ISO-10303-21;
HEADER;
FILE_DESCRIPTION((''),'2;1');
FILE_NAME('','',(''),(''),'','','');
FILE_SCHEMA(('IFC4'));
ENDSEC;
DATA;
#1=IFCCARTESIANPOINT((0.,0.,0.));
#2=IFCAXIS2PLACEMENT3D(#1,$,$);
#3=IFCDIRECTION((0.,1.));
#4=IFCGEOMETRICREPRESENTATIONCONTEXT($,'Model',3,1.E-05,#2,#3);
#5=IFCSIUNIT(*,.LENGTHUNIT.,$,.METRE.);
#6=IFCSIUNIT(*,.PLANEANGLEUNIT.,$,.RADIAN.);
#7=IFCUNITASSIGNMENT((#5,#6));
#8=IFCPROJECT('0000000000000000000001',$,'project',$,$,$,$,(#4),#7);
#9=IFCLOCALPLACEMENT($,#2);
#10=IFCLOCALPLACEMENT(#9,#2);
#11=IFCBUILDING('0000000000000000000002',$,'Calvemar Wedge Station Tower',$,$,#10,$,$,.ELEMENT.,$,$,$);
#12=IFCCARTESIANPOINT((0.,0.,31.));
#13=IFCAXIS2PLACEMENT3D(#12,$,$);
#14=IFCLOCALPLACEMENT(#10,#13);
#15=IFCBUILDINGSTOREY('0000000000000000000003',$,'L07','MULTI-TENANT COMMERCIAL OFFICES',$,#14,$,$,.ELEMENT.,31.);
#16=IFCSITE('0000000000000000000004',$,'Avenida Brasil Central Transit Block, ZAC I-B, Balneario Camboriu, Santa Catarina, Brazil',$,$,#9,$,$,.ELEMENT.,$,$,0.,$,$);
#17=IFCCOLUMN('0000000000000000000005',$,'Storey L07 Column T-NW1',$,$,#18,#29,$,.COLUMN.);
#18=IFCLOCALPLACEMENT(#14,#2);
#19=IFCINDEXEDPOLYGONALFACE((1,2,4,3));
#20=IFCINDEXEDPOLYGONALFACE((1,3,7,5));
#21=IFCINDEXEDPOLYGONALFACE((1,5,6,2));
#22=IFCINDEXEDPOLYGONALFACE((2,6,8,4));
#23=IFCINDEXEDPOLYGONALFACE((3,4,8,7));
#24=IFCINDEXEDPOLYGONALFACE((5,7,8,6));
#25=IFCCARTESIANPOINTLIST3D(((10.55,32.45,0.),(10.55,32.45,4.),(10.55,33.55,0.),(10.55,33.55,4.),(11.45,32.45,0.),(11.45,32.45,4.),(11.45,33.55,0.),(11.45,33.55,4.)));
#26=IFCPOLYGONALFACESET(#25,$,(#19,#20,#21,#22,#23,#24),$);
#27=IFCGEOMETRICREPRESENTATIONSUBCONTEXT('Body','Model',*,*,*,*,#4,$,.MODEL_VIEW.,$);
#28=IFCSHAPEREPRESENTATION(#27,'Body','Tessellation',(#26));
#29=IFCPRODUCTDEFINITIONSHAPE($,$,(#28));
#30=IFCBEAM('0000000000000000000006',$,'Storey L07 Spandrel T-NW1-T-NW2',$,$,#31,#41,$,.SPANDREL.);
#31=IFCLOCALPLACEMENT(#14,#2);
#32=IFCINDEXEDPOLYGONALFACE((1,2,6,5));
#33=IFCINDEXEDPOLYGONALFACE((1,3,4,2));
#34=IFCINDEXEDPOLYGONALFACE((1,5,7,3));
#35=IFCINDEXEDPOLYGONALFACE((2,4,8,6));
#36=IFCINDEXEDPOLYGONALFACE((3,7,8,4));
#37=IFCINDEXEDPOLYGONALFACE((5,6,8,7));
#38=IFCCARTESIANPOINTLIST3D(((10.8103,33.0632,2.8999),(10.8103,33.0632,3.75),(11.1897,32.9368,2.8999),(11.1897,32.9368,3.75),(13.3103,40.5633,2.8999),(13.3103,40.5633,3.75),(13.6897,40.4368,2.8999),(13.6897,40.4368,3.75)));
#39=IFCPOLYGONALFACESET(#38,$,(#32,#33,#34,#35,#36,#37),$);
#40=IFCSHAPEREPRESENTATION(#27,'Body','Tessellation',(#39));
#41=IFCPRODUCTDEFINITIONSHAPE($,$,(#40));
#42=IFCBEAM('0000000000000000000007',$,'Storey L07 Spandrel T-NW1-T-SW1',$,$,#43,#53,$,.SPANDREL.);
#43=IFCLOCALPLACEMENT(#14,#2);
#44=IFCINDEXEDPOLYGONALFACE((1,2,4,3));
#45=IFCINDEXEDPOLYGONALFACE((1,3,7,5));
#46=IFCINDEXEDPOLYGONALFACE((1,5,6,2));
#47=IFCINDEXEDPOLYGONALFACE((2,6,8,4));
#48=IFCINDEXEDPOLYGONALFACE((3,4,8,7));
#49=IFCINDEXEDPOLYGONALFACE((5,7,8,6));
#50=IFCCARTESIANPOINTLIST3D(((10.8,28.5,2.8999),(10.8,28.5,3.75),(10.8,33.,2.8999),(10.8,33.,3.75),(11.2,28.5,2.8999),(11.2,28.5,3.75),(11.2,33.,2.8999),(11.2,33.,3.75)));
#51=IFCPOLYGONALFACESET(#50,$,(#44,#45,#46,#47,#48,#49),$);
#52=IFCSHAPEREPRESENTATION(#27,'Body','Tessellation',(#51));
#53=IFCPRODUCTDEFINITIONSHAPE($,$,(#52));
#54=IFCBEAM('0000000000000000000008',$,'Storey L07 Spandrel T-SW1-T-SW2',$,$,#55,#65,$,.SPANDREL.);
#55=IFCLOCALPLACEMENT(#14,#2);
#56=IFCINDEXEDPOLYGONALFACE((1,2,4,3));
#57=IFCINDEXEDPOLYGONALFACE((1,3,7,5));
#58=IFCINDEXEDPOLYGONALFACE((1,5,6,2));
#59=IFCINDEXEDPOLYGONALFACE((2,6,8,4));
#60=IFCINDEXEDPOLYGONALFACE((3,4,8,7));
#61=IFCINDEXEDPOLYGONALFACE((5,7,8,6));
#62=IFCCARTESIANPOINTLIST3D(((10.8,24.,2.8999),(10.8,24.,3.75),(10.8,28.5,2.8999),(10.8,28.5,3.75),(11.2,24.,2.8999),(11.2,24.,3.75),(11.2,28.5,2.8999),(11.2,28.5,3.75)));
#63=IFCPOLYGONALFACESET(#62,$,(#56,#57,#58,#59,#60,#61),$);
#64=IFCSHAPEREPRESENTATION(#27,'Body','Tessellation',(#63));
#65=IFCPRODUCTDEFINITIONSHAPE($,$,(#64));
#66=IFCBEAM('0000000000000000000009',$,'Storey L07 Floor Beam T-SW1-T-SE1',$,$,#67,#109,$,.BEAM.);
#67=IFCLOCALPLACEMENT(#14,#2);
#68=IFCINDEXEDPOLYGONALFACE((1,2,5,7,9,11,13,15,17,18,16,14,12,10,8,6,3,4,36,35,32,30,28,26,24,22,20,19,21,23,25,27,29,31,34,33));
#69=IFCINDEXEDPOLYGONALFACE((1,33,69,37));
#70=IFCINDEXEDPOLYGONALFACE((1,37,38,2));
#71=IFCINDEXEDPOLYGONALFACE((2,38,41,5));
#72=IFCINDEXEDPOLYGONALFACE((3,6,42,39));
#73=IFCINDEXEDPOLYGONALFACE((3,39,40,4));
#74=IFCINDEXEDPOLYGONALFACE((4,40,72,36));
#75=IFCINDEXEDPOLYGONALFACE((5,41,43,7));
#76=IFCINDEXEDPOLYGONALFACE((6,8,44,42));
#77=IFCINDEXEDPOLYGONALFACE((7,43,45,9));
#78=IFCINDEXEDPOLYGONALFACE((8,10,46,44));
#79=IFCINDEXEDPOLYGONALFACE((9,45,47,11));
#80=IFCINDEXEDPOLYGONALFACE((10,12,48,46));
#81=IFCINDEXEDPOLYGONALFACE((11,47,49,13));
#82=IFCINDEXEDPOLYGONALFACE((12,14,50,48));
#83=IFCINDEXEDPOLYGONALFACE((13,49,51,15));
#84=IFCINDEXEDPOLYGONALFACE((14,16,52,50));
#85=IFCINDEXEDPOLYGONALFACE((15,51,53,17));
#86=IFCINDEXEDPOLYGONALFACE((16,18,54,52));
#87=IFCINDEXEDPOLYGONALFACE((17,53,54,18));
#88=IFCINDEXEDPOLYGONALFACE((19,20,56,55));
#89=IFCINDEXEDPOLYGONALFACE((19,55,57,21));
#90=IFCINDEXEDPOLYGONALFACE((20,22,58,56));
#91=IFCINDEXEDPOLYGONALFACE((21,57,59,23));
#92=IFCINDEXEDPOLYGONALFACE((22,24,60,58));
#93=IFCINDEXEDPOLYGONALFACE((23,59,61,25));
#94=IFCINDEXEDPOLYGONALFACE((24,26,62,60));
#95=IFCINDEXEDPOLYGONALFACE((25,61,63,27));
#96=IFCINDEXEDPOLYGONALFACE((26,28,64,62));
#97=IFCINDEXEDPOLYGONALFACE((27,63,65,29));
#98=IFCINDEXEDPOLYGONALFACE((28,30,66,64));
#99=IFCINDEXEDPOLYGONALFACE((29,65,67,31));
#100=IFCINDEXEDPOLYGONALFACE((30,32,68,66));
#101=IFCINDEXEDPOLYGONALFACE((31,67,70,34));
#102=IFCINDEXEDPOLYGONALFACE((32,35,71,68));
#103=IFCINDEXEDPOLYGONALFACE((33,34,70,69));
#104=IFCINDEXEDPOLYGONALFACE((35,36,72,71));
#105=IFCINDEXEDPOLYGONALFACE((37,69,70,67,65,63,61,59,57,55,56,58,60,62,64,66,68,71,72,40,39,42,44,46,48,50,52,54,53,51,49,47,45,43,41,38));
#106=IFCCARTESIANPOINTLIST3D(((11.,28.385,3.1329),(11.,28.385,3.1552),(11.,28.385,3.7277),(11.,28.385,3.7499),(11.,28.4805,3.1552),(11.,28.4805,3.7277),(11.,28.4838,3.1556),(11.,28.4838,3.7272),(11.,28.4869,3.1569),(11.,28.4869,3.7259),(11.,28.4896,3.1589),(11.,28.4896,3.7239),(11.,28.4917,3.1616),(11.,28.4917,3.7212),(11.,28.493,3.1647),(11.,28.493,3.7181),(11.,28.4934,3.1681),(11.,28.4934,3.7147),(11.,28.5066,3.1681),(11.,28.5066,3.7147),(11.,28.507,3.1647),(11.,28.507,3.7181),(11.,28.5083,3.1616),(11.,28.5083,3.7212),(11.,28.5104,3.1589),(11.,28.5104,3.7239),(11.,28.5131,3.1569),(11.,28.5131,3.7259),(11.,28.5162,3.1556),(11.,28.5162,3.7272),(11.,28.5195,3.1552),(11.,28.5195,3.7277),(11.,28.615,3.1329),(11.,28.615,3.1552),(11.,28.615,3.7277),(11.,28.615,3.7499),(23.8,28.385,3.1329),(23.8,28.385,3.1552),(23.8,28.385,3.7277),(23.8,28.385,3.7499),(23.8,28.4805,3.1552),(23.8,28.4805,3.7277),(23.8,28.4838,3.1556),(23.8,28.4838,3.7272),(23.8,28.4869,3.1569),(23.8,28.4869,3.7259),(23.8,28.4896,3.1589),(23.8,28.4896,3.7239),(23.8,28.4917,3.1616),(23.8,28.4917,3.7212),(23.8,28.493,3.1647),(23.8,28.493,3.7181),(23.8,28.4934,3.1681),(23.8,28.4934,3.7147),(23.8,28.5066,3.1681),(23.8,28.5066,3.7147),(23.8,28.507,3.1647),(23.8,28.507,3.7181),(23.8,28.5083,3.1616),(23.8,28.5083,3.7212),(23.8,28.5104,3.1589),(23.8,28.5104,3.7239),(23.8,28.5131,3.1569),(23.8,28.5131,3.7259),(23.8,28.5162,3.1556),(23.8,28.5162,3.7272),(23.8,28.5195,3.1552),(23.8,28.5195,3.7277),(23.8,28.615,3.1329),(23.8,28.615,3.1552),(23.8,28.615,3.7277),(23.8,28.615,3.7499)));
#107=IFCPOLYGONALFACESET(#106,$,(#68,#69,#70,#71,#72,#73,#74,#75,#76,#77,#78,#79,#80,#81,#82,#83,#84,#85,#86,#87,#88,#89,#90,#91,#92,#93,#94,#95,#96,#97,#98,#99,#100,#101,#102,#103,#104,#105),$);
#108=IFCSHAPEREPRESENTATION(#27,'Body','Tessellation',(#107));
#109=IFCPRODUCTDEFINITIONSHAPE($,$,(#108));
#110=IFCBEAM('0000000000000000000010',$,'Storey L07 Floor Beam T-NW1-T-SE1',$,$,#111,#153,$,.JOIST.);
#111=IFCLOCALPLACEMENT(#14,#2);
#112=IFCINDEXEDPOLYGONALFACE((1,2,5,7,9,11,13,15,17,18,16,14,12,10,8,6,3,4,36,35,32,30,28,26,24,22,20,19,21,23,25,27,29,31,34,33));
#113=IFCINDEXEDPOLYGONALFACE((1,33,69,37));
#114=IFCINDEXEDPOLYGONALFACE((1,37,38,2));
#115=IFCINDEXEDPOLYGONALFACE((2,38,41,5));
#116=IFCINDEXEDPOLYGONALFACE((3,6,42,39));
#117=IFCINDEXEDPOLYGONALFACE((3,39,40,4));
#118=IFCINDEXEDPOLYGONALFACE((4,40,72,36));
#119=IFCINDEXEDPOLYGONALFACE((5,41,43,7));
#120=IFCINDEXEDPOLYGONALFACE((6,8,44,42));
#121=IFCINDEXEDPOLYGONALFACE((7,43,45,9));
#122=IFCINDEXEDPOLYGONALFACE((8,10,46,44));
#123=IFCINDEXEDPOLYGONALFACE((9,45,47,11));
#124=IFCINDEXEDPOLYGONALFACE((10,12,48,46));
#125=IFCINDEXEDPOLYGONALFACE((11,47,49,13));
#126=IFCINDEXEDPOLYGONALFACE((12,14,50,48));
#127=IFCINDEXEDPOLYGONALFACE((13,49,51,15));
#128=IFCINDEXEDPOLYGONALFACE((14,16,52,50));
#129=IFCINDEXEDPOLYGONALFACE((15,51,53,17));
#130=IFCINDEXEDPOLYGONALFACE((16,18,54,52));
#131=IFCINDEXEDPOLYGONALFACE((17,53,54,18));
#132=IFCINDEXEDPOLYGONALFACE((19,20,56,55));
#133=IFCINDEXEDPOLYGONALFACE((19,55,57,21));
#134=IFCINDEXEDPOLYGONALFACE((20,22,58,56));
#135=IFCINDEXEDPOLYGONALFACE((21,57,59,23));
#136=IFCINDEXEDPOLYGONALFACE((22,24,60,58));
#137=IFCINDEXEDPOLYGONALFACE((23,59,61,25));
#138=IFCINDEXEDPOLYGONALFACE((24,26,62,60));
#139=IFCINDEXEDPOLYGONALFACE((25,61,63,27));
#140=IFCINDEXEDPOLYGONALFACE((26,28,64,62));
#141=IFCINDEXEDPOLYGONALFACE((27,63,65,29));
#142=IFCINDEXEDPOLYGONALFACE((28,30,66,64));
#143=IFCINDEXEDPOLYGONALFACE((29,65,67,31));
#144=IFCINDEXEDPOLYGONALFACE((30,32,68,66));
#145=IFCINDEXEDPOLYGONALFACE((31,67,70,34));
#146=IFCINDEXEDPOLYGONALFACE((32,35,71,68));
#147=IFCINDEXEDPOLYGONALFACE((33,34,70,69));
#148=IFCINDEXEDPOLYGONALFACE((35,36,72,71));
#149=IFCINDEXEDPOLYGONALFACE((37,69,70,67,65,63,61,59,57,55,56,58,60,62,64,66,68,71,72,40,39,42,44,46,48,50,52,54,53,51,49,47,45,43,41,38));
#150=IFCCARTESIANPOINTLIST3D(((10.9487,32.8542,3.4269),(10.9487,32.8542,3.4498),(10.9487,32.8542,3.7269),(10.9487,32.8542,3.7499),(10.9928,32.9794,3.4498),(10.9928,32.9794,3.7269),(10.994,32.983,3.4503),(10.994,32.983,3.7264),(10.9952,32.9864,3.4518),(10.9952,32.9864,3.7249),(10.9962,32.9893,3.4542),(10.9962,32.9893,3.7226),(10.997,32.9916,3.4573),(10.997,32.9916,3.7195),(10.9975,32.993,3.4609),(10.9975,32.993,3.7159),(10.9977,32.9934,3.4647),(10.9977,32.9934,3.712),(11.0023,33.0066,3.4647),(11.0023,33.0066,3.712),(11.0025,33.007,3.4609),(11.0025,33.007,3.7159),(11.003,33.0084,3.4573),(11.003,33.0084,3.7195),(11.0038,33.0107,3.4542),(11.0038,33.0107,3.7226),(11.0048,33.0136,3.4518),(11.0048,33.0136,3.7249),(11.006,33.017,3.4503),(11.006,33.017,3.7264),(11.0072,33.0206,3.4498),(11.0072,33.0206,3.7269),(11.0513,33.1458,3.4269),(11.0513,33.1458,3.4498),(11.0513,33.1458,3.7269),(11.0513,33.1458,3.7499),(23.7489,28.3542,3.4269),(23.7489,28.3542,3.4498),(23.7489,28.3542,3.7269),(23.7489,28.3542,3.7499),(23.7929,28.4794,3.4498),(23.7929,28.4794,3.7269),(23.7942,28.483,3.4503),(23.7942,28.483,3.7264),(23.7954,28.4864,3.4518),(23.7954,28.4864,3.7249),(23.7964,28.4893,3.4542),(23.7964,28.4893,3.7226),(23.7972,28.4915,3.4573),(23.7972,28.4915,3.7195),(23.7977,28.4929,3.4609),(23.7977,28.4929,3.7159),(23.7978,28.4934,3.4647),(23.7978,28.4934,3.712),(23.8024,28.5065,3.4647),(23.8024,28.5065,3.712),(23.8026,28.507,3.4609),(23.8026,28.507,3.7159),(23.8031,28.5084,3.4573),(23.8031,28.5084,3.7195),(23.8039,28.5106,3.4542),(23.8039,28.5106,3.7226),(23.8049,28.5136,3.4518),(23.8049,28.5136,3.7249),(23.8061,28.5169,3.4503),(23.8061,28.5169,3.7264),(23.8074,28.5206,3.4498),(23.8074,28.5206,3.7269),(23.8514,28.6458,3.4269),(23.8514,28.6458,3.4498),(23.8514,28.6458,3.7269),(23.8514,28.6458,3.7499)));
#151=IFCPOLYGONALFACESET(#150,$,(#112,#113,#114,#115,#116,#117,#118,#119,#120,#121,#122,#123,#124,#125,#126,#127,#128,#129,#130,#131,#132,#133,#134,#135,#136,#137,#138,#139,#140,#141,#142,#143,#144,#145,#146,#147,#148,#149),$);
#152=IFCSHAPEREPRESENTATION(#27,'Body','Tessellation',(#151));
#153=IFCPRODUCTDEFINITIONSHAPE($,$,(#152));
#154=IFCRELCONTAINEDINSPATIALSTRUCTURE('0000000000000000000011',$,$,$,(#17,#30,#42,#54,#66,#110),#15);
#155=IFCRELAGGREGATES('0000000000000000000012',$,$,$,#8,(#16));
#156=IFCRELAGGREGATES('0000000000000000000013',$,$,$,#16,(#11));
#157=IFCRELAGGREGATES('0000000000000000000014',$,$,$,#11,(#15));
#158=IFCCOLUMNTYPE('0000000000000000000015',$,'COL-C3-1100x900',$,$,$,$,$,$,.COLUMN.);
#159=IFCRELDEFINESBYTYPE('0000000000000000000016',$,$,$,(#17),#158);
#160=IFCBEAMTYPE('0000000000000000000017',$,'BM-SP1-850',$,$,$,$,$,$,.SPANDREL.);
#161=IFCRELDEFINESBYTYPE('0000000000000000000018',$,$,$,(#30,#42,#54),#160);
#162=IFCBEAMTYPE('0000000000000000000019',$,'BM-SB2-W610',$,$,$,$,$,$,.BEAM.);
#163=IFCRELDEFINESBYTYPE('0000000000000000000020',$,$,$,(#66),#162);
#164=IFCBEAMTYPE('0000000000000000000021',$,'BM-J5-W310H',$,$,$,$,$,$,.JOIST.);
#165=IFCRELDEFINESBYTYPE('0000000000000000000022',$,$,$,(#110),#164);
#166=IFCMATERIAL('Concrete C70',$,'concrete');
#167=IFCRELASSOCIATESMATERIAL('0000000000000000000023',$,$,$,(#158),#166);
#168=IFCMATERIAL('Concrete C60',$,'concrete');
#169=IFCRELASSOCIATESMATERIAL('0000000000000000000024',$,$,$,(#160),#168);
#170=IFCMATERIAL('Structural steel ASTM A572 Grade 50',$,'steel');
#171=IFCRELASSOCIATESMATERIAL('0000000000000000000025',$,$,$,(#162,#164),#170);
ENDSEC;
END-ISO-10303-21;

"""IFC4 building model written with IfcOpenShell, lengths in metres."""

from ifc_helpers import new_model, si_unit, direction, frame, origin, origin_2d, place, context, subcontext, project, spatial, rectangle, i_section, extrude, source, transform, mapped, material, material_profile, profile_set, type_object, element, save


model = new_model("IFC4")

# Units and contexts
model_context = context("Model", 3, precision=1e-05, world=origin(), true_north=direction((0.0, 1.0)))
body_context = subcontext(model_context, "Body", "Model", "MODEL_VIEW")
ifc_project = project(units=[si_unit("LENGTHUNIT", "METRE"), si_unit("PLANEANGLEUNIT", "RADIAN")], contexts=[model_context])

# Site, building, storey
site_placement = place(None, origin())
site = spatial("IfcSite", under=ifc_project, at=site_placement, Name="Avenida Brasil Central Transit Block, ZAC I-B, Balneario Camboriu, Santa Catarina, Brazil", CompositionType="ELEMENT", RefElevation=0.0)
building_placement = place(site_placement, origin())
building = spatial("IfcBuilding", under=site, at=building_placement, Name="Calvemar Wedge Station Tower", CompositionType="ELEMENT")
storey_placement = place(building_placement, frame((0.0, 0.0, 31.0)))
storey = spatial("IfcBuildingStorey", under=building, at=storey_placement, Name="L07", Description="MULTI-TENANT COMMERCIAL OFFICES", CompositionType="ELEMENT", Elevation=31.0)

# Column
ifc_material_1 = material(Name="Concrete C70", Category="concrete")
ifc_material_profile_1 = material_profile(ifc_material_1, rectangle(XDim=0.8999, YDim=1.1001, at=origin_2d()), Name="RC1100x900")
ifc_profile_set_1 = profile_set([ifc_material_profile_1], Name="Concrete C70")
column_type = type_object("IfcColumnType", Name="COL-C3-1100x900", PredefinedType="COLUMN", material=ifc_profile_set_1)
shared_shape_1 = source(origin(), body_context, "Body", "SweptSolid", [
    extrude(rectangle(XDim=0.8999, YDim=1.1001, at=origin_2d()), origin(), (0.0, 0.0, 1.0), 4.0),
])
column_placement = place(storey_placement, frame((11.0, 33.0, 0.0), z_axis=(0.0, 0.0, 1.0), x_axis=(1.0, 0.0, 0.0)))
element("IfcColumn", 1, at=column_placement, inside=storey, type_object=column_type, Name="Storey L07 Column T-NW1", PredefinedType="COLUMN", context=body_context, shape_type="MappedRepresentation", body=[
    mapped(shared_shape_1, transform((0.0, 0.0, 0.0), scale=1.0)),
])

# Beams
ifc_material_2 = material(Name="Concrete C60", Category="concrete")
ifc_material_profile_2 = material_profile(ifc_material_2, rectangle(XDim=0.3999, YDim=0.8501, at=origin_2d()), Name="RC400x850")
ifc_profile_set_2 = profile_set([ifc_material_profile_2], Name="Concrete C60")
beam_type_1 = type_object("IfcBeamType", Name="BM-SP1-850", PredefinedType="SPANDREL", material=ifc_profile_set_2)
shared_shape_2 = source(origin(), body_context, "Body", "SweptSolid", [
    extrude(rectangle(XDim=0.3999, YDim=0.8501, at=origin_2d()), origin(), (0.0, 0.0, 1.0), 7.9058),
])
beam_1_placement = place(storey_placement, frame((11.0, 33.0, 3.325), z_axis=(0.316228, 0.948683, 0.0), x_axis=(-0.948683, 0.316228, 0.0)))
element("IfcBeam", 2, at=beam_1_placement, inside=storey, type_object=beam_type_1, Name="Storey L07 Spandrel T-NW1-T-NW2", PredefinedType="SPANDREL", context=body_context, shape_type="MappedRepresentation", body=[
    mapped(shared_shape_2, transform((0.0, 0.0, 0.0), scale=1.0)),
])
shared_shape_3 = source(origin(), body_context, "Body", "SweptSolid", [
    extrude(rectangle(XDim=0.3999, YDim=0.8501, at=origin_2d()), origin(), (0.0, 0.0, 1.0), 4.5),
])
for number, where, z_axis, x_axis, name in (
    (3, (11.0, 33.0, 3.325), (0.0, -1.0, 0.0), (1.0, 0.0, 0.0), "Storey L07 Spandrel T-NW1-T-SW1"),
    (4, (11.0, 28.5, 3.325), (0.0, -1.0, 0.0), (1.0, 0.0, 0.0), "Storey L07 Spandrel T-SW1-T-SW2"),
):
    element("IfcBeam", number, at=place(storey_placement, frame(where, z_axis=z_axis, x_axis=x_axis)), inside=storey, type_object=beam_type_1, Name=name, PredefinedType="SPANDREL", context=body_context, shape_type="MappedRepresentation", body=[
        mapped(shared_shape_3, transform((0.0, 0.0, 0.0), scale=1.0)),
    ])
ifc_material_3 = material(Name="Structural steel ASTM A572 Grade 50", Category="steel")
ifc_material_profile_3 = material_profile(ifc_material_3, i_section(OverallWidth=0.23, OverallDepth=0.6169, WebThickness=0.0132, FlangeThickness=0.0222, FilletRadius=0.0129, at=origin_2d()), Name="W610x140")
ifc_profile_set_3 = profile_set([ifc_material_profile_3], Name="Structural steel ASTM A572 Grade 50")
beam_type_2 = type_object("IfcBeamType", Name="BM-SB2-W610", PredefinedType="BEAM", material=ifc_profile_set_3)
shared_shape_4 = source(origin(), body_context, "Body", "SweptSolid", [
    extrude(i_section(OverallWidth=0.23, OverallDepth=0.6169, WebThickness=0.0132, FlangeThickness=0.0222, FilletRadius=0.0129, at=origin_2d()), origin(), (0.0, 0.0, 1.0), 12.8),
])
beam_2_placement = place(storey_placement, frame((11.0, 28.5, 3.4414), z_axis=(1.0, 0.0, 0.0), x_axis=(0.0, 1.0, 0.0)))
element("IfcBeam", 5, at=beam_2_placement, inside=storey, type_object=beam_type_2, Name="Storey L07 Floor Beam T-SW1-T-SE1", PredefinedType="BEAM", context=body_context, shape_type="MappedRepresentation", body=[
    mapped(shared_shape_4, transform((0.0, 0.0, 0.0), scale=1.0)),
])
ifc_material_profile_4 = material_profile(ifc_material_3, i_section(OverallWidth=0.3091, OverallDepth=0.323, WebThickness=0.0139, FlangeThickness=0.0229, FilletRadius=0.0149, at=origin_2d()), Name="W310x143")
ifc_profile_set_4 = profile_set([ifc_material_profile_4], Name="Structural steel ASTM A572 Grade 50")
beam_type_3 = type_object("IfcBeamType", Name="BM-J5-W310H", PredefinedType="JOIST", material=ifc_profile_set_4)
shared_shape_5 = source(origin(), body_context, "Body", "SweptSolid", [
    extrude(i_section(OverallWidth=0.3091, OverallDepth=0.323, WebThickness=0.0139, FlangeThickness=0.0229, FilletRadius=0.0149, at=origin_2d()), origin(), (0.0, 0.0, 1.0), 13.5681),
])
for number, where, z_axis, x_axis, name in (
    (6, (11.0, 33.0, 3.5884), (0.943398, -0.331662, 0.0), (0.331662, 0.943398, 0.0), "Storey L07 Floor Beam T-NW1-T-SE1"),
):
    element("IfcBeam", number, at=place(storey_placement, frame(where, z_axis=z_axis, x_axis=x_axis)), inside=storey, type_object=beam_type_3, Name=name, PredefinedType="JOIST", context=body_context, shape_type="MappedRepresentation", body=[
        mapped(shared_shape_5, transform((0.0, 0.0, 0.0), scale=1.0)),
    ])

save(model, "model.ifc")
